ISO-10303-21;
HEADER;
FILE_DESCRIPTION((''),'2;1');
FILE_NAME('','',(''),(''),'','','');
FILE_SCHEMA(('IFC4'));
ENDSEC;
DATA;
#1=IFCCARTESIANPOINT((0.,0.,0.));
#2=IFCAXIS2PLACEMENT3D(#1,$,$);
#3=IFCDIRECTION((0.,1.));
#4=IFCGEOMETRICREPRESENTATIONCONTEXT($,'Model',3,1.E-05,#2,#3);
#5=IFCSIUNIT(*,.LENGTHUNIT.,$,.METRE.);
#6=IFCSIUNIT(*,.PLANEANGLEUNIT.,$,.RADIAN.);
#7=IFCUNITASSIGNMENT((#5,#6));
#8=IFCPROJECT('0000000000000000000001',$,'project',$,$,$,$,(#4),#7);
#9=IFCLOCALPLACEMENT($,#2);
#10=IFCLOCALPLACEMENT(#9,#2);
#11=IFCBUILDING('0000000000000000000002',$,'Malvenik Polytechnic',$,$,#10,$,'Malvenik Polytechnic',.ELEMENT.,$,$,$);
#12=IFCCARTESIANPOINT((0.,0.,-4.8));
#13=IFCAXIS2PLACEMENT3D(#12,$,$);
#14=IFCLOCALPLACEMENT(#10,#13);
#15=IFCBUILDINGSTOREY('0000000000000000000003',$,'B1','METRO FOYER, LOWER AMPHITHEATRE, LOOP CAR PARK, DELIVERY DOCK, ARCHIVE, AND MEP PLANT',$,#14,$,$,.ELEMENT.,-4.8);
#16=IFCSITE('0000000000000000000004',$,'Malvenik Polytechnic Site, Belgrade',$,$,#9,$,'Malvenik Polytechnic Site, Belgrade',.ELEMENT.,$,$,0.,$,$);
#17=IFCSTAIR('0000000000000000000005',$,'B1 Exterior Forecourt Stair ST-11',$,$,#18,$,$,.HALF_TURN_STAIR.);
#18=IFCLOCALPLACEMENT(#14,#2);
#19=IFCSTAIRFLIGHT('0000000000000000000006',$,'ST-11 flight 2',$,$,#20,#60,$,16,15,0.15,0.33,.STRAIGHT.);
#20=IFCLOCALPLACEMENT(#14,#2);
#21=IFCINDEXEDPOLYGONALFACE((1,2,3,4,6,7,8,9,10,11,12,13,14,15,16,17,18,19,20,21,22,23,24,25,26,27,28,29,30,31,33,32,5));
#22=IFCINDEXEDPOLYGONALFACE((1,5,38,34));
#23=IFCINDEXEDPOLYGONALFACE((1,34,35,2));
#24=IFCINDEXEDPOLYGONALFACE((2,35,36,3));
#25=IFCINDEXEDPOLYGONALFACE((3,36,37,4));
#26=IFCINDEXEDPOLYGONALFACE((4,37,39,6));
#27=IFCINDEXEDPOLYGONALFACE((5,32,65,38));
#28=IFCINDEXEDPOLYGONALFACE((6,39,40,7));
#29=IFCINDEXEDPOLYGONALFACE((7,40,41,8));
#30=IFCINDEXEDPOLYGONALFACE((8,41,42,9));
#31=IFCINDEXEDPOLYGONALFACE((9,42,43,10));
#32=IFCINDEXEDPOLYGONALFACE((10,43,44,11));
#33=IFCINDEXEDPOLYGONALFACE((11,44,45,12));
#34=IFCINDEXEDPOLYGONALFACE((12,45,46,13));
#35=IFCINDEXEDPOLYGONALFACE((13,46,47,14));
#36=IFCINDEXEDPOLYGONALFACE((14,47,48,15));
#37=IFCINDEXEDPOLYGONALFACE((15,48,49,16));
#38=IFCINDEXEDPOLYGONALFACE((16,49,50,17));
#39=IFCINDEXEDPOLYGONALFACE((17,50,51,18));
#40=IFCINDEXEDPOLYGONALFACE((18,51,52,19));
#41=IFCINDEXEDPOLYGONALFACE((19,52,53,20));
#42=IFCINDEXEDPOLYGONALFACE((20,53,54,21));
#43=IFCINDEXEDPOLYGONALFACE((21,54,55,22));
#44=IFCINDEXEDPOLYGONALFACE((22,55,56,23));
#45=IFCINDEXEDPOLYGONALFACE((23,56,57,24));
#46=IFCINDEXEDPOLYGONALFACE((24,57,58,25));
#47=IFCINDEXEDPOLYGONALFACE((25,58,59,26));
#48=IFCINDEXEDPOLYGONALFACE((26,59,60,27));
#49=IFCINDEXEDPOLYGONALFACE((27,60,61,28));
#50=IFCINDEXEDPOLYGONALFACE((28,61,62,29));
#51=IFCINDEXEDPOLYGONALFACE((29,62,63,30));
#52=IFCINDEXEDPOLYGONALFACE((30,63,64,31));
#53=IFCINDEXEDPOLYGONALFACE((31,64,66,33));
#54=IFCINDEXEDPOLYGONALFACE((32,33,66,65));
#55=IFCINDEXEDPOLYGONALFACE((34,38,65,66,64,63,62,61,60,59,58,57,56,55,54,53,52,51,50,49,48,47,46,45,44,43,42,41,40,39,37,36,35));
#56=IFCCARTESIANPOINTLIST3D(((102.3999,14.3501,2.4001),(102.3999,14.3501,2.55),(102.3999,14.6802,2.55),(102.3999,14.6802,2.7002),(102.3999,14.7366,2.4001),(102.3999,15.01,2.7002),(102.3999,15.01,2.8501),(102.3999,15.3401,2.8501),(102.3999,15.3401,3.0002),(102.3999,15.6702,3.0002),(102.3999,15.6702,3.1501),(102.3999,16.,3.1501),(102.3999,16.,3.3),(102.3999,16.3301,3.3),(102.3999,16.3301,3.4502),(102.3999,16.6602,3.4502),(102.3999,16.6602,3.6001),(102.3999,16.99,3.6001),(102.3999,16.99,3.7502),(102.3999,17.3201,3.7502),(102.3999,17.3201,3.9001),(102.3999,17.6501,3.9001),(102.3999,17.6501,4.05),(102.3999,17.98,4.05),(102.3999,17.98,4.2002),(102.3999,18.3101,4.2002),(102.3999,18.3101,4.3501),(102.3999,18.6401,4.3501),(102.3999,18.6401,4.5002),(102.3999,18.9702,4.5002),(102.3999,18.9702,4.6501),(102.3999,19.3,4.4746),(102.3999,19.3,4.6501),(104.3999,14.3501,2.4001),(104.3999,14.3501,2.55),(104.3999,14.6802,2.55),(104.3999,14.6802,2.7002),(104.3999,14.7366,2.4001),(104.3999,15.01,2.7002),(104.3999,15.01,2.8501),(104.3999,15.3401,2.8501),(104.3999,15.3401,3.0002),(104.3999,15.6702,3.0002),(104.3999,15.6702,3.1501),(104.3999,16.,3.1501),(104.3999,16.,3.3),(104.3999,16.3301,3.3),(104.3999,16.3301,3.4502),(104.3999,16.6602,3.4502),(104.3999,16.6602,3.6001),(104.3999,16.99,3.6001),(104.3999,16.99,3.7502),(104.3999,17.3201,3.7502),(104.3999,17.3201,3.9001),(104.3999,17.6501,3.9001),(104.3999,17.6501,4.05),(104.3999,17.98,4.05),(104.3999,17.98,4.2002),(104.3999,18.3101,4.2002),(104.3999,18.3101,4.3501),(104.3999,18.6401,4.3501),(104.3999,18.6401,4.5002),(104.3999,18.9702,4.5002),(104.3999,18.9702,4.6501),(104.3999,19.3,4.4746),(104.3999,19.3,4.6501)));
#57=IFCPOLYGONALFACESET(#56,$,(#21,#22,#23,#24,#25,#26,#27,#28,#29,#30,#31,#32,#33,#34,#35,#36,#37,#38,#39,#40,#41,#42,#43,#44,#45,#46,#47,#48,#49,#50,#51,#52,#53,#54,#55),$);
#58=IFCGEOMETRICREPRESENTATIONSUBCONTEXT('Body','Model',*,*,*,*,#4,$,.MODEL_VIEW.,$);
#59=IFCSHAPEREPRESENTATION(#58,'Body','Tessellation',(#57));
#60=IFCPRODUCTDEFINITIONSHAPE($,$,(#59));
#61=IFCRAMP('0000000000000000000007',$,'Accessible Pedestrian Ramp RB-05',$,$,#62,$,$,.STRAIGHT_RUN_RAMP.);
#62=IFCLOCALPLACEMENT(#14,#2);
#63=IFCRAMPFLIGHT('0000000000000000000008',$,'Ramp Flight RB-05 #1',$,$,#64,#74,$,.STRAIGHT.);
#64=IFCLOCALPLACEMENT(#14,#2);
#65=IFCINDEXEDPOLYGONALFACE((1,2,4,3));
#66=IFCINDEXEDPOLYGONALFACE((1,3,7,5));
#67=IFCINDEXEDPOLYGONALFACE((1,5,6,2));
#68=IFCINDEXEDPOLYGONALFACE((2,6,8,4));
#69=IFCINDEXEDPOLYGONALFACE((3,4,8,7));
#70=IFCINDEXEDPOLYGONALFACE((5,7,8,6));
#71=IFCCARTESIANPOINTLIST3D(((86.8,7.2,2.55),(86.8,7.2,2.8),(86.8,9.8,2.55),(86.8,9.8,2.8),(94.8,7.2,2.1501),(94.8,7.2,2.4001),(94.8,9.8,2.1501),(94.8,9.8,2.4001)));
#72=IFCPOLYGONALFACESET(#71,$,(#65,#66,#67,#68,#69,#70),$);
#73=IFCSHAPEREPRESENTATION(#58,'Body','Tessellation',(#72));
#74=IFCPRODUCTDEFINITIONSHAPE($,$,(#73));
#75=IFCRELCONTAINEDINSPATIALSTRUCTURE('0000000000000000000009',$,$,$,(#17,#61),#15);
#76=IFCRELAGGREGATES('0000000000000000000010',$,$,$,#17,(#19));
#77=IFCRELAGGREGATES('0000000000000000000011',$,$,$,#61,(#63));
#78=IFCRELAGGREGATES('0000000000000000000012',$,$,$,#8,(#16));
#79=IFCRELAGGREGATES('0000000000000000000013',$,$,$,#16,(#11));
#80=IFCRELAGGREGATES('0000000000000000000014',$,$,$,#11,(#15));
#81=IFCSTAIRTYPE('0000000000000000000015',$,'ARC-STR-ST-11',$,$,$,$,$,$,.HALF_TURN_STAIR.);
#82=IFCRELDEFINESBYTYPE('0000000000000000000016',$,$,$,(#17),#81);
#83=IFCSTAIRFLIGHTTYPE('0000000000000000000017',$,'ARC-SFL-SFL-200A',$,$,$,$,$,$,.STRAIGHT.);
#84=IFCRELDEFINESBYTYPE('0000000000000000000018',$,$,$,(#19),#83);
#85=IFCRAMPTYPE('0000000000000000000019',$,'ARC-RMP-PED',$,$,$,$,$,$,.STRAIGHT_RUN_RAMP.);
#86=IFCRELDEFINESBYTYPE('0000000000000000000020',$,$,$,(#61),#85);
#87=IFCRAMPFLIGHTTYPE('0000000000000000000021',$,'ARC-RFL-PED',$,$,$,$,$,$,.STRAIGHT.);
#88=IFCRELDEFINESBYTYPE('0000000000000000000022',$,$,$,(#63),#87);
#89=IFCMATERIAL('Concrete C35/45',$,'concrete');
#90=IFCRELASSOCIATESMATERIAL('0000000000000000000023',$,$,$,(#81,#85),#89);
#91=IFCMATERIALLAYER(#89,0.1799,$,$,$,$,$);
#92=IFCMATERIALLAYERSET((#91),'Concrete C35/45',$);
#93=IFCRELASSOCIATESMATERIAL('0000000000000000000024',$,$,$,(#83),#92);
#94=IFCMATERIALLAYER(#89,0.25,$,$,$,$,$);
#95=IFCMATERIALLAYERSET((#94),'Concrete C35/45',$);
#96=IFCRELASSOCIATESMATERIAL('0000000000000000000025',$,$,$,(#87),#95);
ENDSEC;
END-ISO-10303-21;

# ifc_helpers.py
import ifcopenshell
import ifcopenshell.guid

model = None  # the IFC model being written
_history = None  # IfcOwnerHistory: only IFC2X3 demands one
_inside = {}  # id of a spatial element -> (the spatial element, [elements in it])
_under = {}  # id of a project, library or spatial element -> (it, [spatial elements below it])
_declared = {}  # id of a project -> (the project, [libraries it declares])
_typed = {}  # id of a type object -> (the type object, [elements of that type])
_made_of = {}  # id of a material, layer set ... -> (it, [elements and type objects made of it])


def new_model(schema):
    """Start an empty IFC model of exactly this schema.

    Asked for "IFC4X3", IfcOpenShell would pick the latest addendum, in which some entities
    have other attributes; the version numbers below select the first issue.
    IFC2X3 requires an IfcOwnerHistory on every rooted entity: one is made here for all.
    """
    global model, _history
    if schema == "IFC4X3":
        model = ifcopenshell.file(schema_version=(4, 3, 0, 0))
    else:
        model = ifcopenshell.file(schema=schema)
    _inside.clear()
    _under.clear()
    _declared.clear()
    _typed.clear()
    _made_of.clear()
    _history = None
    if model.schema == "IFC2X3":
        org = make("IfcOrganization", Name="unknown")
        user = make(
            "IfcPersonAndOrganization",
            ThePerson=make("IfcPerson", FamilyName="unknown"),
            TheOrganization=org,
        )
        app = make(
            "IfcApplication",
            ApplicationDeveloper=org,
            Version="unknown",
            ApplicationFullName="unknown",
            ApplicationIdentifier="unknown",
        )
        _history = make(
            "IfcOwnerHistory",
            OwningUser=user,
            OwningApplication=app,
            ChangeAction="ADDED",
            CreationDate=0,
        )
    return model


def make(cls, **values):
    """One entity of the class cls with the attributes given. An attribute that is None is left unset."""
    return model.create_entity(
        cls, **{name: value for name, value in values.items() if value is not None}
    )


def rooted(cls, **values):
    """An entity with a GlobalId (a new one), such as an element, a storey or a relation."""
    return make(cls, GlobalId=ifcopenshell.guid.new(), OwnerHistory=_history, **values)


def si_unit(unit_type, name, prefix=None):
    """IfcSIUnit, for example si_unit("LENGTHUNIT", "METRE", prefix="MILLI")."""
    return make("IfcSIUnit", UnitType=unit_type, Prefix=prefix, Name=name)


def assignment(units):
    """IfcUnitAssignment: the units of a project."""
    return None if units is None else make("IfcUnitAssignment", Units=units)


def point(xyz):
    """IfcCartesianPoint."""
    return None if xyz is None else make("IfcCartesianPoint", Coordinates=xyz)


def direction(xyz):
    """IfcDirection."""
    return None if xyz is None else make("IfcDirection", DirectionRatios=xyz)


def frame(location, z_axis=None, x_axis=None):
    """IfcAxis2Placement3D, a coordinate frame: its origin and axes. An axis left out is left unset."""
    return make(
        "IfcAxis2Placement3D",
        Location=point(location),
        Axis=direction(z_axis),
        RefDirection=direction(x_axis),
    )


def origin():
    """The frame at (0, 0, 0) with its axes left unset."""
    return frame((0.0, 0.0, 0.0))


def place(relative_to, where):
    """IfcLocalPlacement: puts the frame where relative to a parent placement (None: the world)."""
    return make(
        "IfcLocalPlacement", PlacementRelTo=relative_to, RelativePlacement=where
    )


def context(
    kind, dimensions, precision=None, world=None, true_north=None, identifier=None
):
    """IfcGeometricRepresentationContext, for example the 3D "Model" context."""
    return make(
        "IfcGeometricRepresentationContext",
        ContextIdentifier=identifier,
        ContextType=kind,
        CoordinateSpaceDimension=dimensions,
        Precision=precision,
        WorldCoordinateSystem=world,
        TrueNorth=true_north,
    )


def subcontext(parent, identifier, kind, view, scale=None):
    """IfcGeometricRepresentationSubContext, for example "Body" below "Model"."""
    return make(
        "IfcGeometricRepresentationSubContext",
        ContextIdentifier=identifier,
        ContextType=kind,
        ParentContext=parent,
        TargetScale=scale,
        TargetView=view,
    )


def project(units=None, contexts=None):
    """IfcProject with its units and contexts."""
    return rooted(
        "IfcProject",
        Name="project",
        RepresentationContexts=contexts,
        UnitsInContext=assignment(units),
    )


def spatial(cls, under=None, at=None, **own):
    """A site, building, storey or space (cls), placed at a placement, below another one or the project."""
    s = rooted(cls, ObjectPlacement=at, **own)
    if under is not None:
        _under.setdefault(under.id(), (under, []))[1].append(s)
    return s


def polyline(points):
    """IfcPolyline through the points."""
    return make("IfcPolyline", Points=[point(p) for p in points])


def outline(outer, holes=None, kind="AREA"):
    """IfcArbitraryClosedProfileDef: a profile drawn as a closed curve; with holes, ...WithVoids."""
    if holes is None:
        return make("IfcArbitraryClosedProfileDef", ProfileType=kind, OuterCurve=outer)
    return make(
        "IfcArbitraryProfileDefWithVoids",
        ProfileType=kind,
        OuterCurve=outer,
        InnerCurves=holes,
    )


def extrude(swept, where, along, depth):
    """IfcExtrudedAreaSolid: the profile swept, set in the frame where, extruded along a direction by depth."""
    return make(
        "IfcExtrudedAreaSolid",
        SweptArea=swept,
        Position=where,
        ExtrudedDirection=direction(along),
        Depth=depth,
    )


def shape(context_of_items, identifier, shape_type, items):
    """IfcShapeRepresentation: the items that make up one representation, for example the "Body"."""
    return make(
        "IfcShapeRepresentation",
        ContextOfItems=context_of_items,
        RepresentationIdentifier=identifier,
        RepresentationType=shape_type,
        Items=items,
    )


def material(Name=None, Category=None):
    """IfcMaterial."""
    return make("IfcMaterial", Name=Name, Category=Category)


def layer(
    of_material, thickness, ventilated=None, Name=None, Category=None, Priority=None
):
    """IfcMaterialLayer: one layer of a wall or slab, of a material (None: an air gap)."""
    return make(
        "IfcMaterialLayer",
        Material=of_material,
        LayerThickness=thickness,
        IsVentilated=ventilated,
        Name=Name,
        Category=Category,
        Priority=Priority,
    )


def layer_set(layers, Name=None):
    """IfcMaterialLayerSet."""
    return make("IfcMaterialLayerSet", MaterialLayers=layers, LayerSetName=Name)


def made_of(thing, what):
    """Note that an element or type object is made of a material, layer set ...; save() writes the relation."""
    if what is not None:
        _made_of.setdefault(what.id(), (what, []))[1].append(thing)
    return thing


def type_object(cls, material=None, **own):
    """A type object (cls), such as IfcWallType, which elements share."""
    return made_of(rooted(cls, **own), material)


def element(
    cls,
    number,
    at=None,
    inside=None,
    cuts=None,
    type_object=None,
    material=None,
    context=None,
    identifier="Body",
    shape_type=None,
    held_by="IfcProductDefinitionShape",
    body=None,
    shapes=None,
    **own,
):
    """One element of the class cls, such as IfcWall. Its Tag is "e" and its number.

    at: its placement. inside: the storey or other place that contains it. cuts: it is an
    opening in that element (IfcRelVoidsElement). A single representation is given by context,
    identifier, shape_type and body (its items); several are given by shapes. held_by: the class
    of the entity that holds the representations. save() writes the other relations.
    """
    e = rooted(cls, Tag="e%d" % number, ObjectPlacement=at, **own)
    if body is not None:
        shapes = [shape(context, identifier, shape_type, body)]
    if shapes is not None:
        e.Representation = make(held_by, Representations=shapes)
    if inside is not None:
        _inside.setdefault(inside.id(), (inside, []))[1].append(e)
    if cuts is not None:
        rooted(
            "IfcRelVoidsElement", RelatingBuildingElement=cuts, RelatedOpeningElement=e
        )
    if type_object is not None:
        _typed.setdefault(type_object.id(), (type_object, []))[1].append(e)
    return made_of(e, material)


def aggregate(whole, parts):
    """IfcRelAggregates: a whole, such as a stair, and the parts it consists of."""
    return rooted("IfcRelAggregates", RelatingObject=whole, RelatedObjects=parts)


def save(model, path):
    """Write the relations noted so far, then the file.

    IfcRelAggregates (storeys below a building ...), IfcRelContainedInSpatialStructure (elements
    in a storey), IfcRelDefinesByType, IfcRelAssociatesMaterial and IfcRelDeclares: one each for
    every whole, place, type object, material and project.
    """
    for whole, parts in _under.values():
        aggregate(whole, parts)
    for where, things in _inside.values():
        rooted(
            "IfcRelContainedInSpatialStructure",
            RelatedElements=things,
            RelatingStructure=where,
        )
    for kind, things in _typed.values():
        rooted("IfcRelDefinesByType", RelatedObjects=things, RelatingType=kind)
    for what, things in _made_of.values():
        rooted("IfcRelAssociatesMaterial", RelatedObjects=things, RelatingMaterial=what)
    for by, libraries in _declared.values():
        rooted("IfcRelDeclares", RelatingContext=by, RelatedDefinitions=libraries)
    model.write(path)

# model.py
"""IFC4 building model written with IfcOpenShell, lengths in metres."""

from ifc_helpers import new_model, si_unit, direction, frame, origin, place, context, subcontext, project, spatial, polyline, outline, extrude, material, layer, layer_set, type_object, element, aggregate, save


model = new_model("IFC4")

# Units and contexts
model_context = context("Model", 3, precision=1e-05, world=origin(), true_north=direction((0.0, 1.0)))
body_context = subcontext(model_context, "Body", "Model", "MODEL_VIEW")
ifc_project = project(units=[si_unit("LENGTHUNIT", "METRE"), si_unit("PLANEANGLEUNIT", "RADIAN")], contexts=[model_context])

# Site, building, storey
site_placement = place(None, origin())
site = spatial("IfcSite", under=ifc_project, at=site_placement, Name="Malvenik Polytechnic Site, Belgrade", LongName="Malvenik Polytechnic Site, Belgrade", CompositionType="ELEMENT", RefElevation=0.0)
building_placement = place(site_placement, origin())
building = spatial("IfcBuilding", under=site, at=building_placement, Name="Malvenik Polytechnic", LongName="Malvenik Polytechnic", CompositionType="ELEMENT")
storey_placement = place(building_placement, frame((0.0, 0.0, -4.8)))
storey = spatial("IfcBuildingStorey", under=building, at=storey_placement, Name="B1", Description="METRO FOYER, LOWER AMPHITHEATRE, LOOP CAR PARK, DELIVERY DOCK, ARCHIVE, AND MEP PLANT", CompositionType="ELEMENT", Elevation=-4.8)

# Shared definitions
ifc_material_1 = material(Name="Concrete C35/45", Category="concrete")

# Stair, stair flight
stair_type = type_object("IfcStairType", Name="ARC-STR-ST-11", PredefinedType="HALF_TURN_STAIR", material=ifc_material_1)
stair_placement = place(storey_placement, origin())
stair = element("IfcStair", 1, at=stair_placement, inside=storey, type_object=stair_type, Name="B1 Exterior Forecourt Stair ST-11", PredefinedType="HALF_TURN_STAIR")
ifc_layer_1 = layer(ifc_material_1, 0.1799)
ifc_layer_set_1 = layer_set([ifc_layer_1], Name="Concrete C35/45")
stair_flight_type = type_object("IfcStairFlightType", Name="ARC-SFL-SFL-200A", PredefinedType="STRAIGHT", material=ifc_layer_set_1)
stair_flight_1_placement = place(storey_placement, frame((103.3999, 14.3501, 2.4001), z_axis=(0.0, 0.0, 1.0), x_axis=(0.0, 1.0, 0.0)))
stair_flight_1 = element("IfcStairFlight", 2, at=stair_flight_1_placement, type_object=stair_flight_type, Name="ST-11 flight 2", NumberOfRisers=16, NumberOfTreads=15, PredefinedType="STRAIGHT", RiserHeight=0.15, TreadLength=0.33, context=body_context, shape_type="SweptSolid", body=[
    extrude(outline(polyline([(0.0, 0.0), (0.0, 0.1499), (0.3301, 0.1499), (0.3301, 0.3), (0.6599, 0.3), (0.6599, 0.45), (0.99, 0.45), (0.99, 0.6001), (1.3201, 0.6001), (1.3201, 0.75), (1.6499, 0.75), (1.6499, 0.8999), (1.98, 0.8999), (1.98, 1.05), (2.3101, 1.05), (2.3101, 1.2), (2.6399, 1.2), (2.6399, 1.3501), (2.97, 1.3501), (2.97, 1.5), (3.3, 1.5), (3.3, 1.6499), (3.6299, 1.6499), (3.6299, 1.8), (3.96, 1.8), (3.96, 1.95), (4.29, 1.95), (4.29, 2.1001), (4.6201, 2.1001), (4.6201, 2.25), (4.95, 2.25), (4.95, 2.3999), (4.95, 2.0745), (0.3865, 0.0), (0.0, 0.0)])), frame((0.0, 1.0, 0.0), z_axis=(0.0, -1.0, 0.0), x_axis=(1.0, 0.0, 0.0)), (0.0, 0.0, 1.0), 2.0),
])
aggregate(stair, [stair_flight_1])

# Ramp, ramp flight
ramp_type = type_object("IfcRampType", Name="ARC-RMP-PED", PredefinedType="STRAIGHT_RUN_RAMP", material=ifc_material_1)
ramp_placement = place(storey_placement, origin())
ramp = element("IfcRamp", 3, at=ramp_placement, inside=storey, type_object=ramp_type, Name="Accessible Pedestrian Ramp RB-05", PredefinedType="STRAIGHT_RUN_RAMP")
ifc_layer_2 = layer(ifc_material_1, 0.25)
ifc_layer_set_2 = layer_set([ifc_layer_2], Name="Concrete C35/45")
ramp_flight_type = type_object("IfcRampFlightType", Name="ARC-RFL-PED", PredefinedType="STRAIGHT", material=ifc_layer_set_2)
ramp_flight_placement = place(storey_placement, frame((94.8, 8.5, 2.4001), z_axis=(0.0, 0.0, 1.0), x_axis=(-1.0, 0.0, 0.0)))
ramp_flight = element("IfcRampFlight", 4, at=ramp_flight_placement, type_object=ramp_flight_type, Name="Ramp Flight RB-05 #1", PredefinedType="STRAIGHT", context=body_context, shape_type="SweptSolid", body=[
    extrude(outline(polyline([(0.0, -0.25), (8.0, 0.1499), (8.0, 0.3999), (0.0, 0.0), (0.0, -0.25)])), frame((0.0, 1.3, 0.0), z_axis=(0.0, -1.0, 0.0), x_axis=(1.0, 0.0, 0.0)), (0.0, 0.0, 1.0), 2.6001),
])
aggregate(ramp, [ramp_flight])

save(model, "model.ifc")
